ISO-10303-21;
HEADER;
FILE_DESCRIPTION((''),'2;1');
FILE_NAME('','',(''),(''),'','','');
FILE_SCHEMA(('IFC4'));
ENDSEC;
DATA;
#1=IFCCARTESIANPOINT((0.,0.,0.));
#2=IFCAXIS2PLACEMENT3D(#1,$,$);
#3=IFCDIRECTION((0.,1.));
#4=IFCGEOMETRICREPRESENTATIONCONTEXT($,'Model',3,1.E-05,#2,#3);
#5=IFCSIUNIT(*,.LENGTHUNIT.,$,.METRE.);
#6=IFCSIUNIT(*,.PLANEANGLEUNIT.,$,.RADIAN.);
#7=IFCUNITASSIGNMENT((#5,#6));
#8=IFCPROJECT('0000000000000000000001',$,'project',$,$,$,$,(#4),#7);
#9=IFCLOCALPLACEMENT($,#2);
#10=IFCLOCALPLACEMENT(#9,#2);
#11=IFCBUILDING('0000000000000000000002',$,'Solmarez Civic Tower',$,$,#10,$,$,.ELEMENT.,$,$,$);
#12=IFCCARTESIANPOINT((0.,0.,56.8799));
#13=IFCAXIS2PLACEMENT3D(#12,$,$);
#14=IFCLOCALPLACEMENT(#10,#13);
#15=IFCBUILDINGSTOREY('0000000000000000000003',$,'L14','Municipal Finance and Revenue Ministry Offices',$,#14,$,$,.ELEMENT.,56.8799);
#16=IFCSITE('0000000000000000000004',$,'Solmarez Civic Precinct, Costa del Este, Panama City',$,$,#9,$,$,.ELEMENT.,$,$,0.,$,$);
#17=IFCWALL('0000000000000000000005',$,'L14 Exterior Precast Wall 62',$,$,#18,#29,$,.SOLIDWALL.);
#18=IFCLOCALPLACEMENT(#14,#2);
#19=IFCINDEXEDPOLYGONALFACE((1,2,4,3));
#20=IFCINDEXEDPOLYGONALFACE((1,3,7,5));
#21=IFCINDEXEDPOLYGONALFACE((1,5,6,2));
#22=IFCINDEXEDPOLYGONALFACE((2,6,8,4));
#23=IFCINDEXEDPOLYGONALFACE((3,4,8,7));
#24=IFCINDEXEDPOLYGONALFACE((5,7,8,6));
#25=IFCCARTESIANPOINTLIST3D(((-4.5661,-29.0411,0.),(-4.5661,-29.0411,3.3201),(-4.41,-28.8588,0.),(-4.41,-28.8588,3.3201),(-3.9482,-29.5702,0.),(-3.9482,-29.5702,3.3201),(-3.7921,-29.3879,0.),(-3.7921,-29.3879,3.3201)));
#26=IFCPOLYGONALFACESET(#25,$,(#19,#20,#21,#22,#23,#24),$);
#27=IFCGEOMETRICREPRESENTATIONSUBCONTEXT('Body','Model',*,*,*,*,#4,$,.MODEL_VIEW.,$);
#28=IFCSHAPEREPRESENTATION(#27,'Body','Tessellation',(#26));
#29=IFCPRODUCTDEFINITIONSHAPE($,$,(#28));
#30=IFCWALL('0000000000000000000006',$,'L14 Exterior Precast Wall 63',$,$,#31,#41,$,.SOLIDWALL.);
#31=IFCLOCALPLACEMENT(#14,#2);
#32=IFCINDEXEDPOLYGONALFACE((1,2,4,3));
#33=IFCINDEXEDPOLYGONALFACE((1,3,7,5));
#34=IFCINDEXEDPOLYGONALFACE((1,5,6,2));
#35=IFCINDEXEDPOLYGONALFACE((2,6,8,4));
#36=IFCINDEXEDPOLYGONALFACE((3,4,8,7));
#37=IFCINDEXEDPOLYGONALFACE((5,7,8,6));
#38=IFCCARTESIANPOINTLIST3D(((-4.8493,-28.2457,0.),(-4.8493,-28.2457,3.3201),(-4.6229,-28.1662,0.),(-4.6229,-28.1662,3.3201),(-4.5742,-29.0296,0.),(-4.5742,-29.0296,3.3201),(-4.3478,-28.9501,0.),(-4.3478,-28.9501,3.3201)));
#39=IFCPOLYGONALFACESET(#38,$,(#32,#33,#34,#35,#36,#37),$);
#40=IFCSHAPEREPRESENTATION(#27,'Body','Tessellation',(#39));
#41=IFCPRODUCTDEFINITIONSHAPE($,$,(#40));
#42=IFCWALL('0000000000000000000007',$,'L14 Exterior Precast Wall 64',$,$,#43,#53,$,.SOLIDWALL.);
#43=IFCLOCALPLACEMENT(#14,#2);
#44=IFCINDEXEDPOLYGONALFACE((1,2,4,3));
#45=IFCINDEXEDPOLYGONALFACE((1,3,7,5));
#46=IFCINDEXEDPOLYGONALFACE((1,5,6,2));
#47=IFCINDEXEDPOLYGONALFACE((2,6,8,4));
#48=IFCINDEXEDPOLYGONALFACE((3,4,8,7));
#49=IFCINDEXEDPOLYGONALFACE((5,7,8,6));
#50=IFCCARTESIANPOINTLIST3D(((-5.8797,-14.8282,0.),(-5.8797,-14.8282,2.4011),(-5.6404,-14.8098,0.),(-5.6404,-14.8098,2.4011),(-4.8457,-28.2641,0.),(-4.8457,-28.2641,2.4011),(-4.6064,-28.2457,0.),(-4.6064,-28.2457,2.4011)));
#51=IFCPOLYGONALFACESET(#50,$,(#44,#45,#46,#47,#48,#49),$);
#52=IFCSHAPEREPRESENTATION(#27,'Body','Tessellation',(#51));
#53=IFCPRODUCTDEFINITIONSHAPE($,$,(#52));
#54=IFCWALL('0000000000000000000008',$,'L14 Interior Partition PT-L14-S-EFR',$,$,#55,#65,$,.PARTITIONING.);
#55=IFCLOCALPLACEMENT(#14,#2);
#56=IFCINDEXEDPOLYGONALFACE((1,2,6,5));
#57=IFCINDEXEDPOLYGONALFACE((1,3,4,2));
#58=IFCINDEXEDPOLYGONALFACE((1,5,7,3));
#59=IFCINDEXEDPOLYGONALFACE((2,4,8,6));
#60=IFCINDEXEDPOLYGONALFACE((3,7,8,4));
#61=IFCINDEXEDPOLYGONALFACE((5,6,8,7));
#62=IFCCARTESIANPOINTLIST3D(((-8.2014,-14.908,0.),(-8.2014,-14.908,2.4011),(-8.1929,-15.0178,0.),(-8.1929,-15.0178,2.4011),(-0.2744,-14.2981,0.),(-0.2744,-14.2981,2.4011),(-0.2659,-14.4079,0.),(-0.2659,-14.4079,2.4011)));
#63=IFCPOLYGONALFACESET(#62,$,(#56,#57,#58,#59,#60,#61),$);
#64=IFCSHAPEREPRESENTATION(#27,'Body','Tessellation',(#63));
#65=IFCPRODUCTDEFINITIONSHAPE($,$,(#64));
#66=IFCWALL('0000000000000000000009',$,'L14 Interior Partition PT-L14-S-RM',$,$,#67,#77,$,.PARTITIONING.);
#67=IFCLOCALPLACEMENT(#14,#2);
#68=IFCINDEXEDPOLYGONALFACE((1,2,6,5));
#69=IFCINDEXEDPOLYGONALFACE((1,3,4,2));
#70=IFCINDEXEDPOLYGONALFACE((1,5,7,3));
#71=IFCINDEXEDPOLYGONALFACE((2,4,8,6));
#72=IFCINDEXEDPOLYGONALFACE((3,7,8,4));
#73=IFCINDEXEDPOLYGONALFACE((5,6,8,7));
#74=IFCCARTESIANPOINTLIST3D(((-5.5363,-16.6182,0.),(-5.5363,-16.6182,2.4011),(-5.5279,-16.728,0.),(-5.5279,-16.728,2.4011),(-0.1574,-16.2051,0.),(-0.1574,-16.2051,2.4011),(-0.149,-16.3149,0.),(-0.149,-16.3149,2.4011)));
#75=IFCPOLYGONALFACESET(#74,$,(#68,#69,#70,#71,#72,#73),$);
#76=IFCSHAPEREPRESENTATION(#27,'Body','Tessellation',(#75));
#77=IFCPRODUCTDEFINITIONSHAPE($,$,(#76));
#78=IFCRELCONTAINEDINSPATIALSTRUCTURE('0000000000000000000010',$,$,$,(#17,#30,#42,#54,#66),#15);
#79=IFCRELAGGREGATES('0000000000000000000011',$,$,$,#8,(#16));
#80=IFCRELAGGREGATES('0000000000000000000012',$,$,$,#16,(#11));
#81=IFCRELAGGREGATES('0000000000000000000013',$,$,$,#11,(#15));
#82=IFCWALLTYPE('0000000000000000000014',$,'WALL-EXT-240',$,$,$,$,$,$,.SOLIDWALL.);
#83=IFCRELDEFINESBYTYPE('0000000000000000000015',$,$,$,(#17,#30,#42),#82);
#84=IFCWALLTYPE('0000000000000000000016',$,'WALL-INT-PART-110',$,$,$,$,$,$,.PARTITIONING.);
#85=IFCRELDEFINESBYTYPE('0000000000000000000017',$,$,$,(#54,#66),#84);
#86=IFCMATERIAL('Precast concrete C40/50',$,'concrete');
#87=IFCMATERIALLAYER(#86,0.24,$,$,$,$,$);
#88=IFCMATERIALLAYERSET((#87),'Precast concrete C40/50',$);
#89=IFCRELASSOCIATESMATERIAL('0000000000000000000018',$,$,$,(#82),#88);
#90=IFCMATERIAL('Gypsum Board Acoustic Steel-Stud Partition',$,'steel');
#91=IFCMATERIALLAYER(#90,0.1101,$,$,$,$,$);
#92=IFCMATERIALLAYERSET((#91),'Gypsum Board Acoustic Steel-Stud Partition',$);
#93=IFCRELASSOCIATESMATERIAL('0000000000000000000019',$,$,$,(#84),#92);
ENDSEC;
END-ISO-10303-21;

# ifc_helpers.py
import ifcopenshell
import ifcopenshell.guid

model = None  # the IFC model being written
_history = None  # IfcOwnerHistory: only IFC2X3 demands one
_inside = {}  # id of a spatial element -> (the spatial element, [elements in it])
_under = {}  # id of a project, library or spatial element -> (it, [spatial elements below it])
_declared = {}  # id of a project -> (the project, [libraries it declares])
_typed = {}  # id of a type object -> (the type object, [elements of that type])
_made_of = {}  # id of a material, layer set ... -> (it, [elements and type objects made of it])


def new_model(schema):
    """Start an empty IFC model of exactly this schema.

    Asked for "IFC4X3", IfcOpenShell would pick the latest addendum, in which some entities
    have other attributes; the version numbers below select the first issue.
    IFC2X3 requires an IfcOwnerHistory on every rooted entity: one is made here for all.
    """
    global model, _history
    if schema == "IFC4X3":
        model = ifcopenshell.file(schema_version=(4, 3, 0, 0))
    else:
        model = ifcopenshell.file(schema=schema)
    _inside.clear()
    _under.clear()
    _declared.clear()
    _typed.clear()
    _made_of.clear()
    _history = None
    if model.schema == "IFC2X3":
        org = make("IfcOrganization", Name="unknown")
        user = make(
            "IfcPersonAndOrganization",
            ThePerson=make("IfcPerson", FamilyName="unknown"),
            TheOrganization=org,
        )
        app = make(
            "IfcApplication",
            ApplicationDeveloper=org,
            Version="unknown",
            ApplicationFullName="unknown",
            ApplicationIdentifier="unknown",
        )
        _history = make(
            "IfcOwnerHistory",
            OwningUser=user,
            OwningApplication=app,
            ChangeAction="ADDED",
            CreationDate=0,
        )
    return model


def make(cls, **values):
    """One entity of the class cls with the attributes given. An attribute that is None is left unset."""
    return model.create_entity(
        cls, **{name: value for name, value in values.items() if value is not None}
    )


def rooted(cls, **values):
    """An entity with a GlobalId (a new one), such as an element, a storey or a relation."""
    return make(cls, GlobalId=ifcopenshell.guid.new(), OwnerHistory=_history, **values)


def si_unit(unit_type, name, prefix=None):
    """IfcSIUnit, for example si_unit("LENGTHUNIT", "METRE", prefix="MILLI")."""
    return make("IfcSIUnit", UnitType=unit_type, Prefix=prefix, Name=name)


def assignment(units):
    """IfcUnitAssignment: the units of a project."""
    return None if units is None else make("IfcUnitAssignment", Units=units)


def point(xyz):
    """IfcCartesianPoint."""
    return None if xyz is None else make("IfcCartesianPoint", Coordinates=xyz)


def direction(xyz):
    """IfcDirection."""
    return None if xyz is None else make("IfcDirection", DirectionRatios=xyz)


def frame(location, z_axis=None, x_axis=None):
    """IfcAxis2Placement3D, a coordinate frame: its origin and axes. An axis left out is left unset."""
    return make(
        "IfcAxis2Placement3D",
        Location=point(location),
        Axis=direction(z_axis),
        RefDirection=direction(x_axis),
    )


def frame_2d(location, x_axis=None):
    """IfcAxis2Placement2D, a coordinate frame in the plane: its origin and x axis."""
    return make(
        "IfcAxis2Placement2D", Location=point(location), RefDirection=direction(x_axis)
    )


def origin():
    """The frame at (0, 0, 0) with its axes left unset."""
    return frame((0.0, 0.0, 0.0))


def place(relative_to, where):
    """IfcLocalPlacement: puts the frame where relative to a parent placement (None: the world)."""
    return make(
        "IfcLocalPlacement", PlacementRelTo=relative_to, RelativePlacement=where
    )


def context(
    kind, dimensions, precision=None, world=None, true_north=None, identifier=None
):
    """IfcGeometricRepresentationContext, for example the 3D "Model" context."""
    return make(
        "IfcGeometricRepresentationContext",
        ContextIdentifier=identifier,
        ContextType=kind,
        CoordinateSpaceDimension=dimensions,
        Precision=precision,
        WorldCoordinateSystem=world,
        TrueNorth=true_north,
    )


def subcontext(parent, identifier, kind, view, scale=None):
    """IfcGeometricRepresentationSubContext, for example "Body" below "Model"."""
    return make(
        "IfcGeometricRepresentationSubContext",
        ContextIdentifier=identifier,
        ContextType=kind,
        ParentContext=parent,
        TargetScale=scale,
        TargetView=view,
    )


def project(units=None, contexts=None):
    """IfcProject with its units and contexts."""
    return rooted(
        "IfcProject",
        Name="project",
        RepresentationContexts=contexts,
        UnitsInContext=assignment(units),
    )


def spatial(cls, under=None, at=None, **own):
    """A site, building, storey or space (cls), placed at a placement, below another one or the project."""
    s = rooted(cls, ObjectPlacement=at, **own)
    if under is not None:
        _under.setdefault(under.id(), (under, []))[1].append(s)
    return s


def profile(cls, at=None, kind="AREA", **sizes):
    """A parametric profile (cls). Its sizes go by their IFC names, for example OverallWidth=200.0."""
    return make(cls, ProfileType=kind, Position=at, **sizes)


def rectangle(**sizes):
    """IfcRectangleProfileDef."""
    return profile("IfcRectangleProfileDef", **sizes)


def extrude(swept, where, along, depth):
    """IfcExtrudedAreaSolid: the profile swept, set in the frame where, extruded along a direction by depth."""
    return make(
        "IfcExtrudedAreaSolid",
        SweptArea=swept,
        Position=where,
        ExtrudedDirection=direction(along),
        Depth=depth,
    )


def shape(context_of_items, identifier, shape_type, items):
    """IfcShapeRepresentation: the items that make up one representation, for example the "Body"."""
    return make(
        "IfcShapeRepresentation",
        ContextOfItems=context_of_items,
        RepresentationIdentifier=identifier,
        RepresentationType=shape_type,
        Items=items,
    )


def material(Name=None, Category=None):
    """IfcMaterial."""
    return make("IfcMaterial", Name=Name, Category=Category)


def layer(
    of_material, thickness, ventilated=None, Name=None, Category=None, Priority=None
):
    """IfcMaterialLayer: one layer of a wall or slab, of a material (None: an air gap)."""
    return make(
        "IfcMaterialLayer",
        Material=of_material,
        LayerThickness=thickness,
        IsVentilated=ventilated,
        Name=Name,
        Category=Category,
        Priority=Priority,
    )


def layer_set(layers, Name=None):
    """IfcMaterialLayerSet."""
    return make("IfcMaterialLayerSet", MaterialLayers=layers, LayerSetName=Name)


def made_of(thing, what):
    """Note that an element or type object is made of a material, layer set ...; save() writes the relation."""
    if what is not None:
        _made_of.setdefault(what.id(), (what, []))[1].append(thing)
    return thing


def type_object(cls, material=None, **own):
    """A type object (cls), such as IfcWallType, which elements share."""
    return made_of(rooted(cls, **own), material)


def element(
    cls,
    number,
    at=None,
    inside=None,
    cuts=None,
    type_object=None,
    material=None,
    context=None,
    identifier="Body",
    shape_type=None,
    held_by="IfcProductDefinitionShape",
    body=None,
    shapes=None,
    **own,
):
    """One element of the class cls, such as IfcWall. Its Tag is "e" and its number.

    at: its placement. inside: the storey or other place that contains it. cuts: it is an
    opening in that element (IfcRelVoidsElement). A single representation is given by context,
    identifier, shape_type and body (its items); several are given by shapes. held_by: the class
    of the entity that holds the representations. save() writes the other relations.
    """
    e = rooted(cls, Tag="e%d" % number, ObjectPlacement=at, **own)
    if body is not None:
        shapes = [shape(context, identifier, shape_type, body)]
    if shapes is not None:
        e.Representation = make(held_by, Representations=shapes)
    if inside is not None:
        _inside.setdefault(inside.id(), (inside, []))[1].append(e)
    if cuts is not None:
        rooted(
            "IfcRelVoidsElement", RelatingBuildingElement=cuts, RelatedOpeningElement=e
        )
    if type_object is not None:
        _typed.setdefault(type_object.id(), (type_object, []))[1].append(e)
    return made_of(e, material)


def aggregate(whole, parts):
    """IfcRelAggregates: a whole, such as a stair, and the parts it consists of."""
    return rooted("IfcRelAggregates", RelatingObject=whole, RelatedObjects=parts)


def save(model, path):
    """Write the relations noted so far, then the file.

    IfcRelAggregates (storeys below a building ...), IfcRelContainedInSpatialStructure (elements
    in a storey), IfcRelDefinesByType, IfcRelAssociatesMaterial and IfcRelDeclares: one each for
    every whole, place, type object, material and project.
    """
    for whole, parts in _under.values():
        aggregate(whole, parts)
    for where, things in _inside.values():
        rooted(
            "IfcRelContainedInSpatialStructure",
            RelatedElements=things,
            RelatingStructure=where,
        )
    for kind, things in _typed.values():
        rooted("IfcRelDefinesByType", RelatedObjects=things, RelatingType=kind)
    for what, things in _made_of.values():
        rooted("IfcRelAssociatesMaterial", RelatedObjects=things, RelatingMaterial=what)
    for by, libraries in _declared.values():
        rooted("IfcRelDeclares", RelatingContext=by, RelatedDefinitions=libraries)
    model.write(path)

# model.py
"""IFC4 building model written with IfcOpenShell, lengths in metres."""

from ifc_helpers import new_model, si_unit, direction, frame, frame_2d, origin, place, context, subcontext, project, spatial, rectangle, extrude, material, layer, layer_set, type_object, element, save


model = new_model("IFC4")

# Units and contexts
model_context = context("Model", 3, precision=1e-05, world=origin(), true_north=direction((0.0, 1.0)))
body_context = subcontext(model_context, "Body", "Model", "MODEL_VIEW")
ifc_project = project(units=[si_unit("LENGTHUNIT", "METRE"), si_unit("PLANEANGLEUNIT", "RADIAN")], contexts=[model_context])

# Site, building, storey
site_placement = place(None, origin())
site = spatial("IfcSite", under=ifc_project, at=site_placement, Name="Solmarez Civic Precinct, Costa del Este, Panama City", CompositionType="ELEMENT", RefElevation=0.0)
building_placement = place(site_placement, origin())
building = spatial("IfcBuilding", under=site, at=building_placement, Name="Solmarez Civic Tower", CompositionType="ELEMENT")
storey_placement = place(building_placement, frame((0.0, 0.0, 56.8799)))
storey = spatial("IfcBuildingStorey", under=building, at=storey_placement, Name="L14", Description="Municipal Finance and Revenue Ministry Offices", CompositionType="ELEMENT", Elevation=56.8799)

# Walls
ifc_material_1 = material(Name="Precast concrete C40/50", Category="concrete")
ifc_layer_1 = layer(ifc_material_1, 0.24)
ifc_layer_set_1 = layer_set([ifc_layer_1], Name="Precast concrete C40/50")
wall_type_1 = type_object("IfcWallType", Name="WALL-EXT-240", PredefinedType="SOLIDWALL", material=ifc_layer_set_1)
wall_1_placement = place(storey_placement, frame((-3.8701, -29.479, 0.0), z_axis=(0.0, 0.0, 1.0), x_axis=(-0.759617, 0.650371, 0.0)))
element("IfcWall", 1, at=wall_1_placement, inside=storey, type_object=wall_type_1, Name="L14 Exterior Precast Wall 62", PredefinedType="SOLIDWALL", context=body_context, shape_type="SweptSolid", body=[
    extrude(rectangle(XDim=0.8135, YDim=0.24, at=frame_2d((0.4067, 0.0))), origin(), (0.0, 0.0, 1.0), 3.3201),
])
wall_2_placement = place(storey_placement, frame((-4.4609, -28.99, 0.0), z_axis=(0.0, 0.0, 1.0), x_axis=(-0.331175, 0.943569, 0.0)))
element("IfcWall", 2, at=wall_2_placement, inside=storey, type_object=wall_type_1, Name="L14 Exterior Precast Wall 63", PredefinedType="SOLIDWALL", context=body_context, shape_type="SweptSolid", body=[
    extrude(rectangle(XDim=0.8308, YDim=0.24, at=frame_2d((0.4155, 0.0))), origin(), (0.0, 0.0, 1.0), 3.3201),
])
wall_3_placement = place(storey_placement, frame((-4.7261, -28.2549, 0.0), z_axis=(0.0, 0.0, 1.0), x_axis=(-0.076727, 0.997052, 0.0)))
element("IfcWall", 3, at=wall_3_placement, inside=storey, type_object=wall_type_1, Name="L14 Exterior Precast Wall 64", PredefinedType="SOLIDWALL", context=body_context, shape_type="SweptSolid", body=[
    extrude(rectangle(XDim=13.4756, YDim=0.24, at=frame_2d((6.7378, 0.0))), origin(), (0.0, 0.0, 1.0), 2.4011),
])
ifc_material_2 = material(Name="Gypsum Board Acoustic Steel-Stud Partition", Category="steel")
ifc_layer_2 = layer(ifc_material_2, 0.1101)
ifc_layer_set_2 = layer_set([ifc_layer_2], Name="Gypsum Board Acoustic Steel-Stud Partition")
wall_type_2 = type_object("IfcWallType", Name="WALL-INT-PART-110", PredefinedType="PARTITIONING", material=ifc_layer_set_2)
wall_4_placement = place(storey_placement, frame((-8.197, -14.9629, 0.0), z_axis=(0.0, 0.0, 1.0), x_axis=(0.997054, 0.076708, 0.0)))
element("IfcWall", 4, at=wall_4_placement, inside=storey, type_object=wall_type_2, Name="L14 Interior Partition PT-L14-S-EFR", PredefinedType="PARTITIONING", context=body_context, shape_type="SweptSolid", body=[
    extrude(rectangle(XDim=7.9504, YDim=0.1101, at=frame_2d((3.9751, 0.0))), origin(), (0.0, 0.0, 1.0), 2.4011),
])
wall_5_placement = place(storey_placement, frame((-5.532, -16.6731, 0.0), z_axis=(0.0, 0.0, 1.0), x_axis=(0.997064, 0.076572, 0.0)))
element("IfcWall", 5, at=wall_5_placement, inside=storey, type_object=wall_type_2, Name="L14 Interior Partition PT-L14-S-RM", PredefinedType="PARTITIONING", context=body_context, shape_type="SweptSolid", body=[
    extrude(rectangle(XDim=5.3948, YDim=0.1101, at=frame_2d((2.6973, 0.0))), origin(), (0.0, 0.0, 1.0), 2.4011),
])

save(model, "model.ifc")
